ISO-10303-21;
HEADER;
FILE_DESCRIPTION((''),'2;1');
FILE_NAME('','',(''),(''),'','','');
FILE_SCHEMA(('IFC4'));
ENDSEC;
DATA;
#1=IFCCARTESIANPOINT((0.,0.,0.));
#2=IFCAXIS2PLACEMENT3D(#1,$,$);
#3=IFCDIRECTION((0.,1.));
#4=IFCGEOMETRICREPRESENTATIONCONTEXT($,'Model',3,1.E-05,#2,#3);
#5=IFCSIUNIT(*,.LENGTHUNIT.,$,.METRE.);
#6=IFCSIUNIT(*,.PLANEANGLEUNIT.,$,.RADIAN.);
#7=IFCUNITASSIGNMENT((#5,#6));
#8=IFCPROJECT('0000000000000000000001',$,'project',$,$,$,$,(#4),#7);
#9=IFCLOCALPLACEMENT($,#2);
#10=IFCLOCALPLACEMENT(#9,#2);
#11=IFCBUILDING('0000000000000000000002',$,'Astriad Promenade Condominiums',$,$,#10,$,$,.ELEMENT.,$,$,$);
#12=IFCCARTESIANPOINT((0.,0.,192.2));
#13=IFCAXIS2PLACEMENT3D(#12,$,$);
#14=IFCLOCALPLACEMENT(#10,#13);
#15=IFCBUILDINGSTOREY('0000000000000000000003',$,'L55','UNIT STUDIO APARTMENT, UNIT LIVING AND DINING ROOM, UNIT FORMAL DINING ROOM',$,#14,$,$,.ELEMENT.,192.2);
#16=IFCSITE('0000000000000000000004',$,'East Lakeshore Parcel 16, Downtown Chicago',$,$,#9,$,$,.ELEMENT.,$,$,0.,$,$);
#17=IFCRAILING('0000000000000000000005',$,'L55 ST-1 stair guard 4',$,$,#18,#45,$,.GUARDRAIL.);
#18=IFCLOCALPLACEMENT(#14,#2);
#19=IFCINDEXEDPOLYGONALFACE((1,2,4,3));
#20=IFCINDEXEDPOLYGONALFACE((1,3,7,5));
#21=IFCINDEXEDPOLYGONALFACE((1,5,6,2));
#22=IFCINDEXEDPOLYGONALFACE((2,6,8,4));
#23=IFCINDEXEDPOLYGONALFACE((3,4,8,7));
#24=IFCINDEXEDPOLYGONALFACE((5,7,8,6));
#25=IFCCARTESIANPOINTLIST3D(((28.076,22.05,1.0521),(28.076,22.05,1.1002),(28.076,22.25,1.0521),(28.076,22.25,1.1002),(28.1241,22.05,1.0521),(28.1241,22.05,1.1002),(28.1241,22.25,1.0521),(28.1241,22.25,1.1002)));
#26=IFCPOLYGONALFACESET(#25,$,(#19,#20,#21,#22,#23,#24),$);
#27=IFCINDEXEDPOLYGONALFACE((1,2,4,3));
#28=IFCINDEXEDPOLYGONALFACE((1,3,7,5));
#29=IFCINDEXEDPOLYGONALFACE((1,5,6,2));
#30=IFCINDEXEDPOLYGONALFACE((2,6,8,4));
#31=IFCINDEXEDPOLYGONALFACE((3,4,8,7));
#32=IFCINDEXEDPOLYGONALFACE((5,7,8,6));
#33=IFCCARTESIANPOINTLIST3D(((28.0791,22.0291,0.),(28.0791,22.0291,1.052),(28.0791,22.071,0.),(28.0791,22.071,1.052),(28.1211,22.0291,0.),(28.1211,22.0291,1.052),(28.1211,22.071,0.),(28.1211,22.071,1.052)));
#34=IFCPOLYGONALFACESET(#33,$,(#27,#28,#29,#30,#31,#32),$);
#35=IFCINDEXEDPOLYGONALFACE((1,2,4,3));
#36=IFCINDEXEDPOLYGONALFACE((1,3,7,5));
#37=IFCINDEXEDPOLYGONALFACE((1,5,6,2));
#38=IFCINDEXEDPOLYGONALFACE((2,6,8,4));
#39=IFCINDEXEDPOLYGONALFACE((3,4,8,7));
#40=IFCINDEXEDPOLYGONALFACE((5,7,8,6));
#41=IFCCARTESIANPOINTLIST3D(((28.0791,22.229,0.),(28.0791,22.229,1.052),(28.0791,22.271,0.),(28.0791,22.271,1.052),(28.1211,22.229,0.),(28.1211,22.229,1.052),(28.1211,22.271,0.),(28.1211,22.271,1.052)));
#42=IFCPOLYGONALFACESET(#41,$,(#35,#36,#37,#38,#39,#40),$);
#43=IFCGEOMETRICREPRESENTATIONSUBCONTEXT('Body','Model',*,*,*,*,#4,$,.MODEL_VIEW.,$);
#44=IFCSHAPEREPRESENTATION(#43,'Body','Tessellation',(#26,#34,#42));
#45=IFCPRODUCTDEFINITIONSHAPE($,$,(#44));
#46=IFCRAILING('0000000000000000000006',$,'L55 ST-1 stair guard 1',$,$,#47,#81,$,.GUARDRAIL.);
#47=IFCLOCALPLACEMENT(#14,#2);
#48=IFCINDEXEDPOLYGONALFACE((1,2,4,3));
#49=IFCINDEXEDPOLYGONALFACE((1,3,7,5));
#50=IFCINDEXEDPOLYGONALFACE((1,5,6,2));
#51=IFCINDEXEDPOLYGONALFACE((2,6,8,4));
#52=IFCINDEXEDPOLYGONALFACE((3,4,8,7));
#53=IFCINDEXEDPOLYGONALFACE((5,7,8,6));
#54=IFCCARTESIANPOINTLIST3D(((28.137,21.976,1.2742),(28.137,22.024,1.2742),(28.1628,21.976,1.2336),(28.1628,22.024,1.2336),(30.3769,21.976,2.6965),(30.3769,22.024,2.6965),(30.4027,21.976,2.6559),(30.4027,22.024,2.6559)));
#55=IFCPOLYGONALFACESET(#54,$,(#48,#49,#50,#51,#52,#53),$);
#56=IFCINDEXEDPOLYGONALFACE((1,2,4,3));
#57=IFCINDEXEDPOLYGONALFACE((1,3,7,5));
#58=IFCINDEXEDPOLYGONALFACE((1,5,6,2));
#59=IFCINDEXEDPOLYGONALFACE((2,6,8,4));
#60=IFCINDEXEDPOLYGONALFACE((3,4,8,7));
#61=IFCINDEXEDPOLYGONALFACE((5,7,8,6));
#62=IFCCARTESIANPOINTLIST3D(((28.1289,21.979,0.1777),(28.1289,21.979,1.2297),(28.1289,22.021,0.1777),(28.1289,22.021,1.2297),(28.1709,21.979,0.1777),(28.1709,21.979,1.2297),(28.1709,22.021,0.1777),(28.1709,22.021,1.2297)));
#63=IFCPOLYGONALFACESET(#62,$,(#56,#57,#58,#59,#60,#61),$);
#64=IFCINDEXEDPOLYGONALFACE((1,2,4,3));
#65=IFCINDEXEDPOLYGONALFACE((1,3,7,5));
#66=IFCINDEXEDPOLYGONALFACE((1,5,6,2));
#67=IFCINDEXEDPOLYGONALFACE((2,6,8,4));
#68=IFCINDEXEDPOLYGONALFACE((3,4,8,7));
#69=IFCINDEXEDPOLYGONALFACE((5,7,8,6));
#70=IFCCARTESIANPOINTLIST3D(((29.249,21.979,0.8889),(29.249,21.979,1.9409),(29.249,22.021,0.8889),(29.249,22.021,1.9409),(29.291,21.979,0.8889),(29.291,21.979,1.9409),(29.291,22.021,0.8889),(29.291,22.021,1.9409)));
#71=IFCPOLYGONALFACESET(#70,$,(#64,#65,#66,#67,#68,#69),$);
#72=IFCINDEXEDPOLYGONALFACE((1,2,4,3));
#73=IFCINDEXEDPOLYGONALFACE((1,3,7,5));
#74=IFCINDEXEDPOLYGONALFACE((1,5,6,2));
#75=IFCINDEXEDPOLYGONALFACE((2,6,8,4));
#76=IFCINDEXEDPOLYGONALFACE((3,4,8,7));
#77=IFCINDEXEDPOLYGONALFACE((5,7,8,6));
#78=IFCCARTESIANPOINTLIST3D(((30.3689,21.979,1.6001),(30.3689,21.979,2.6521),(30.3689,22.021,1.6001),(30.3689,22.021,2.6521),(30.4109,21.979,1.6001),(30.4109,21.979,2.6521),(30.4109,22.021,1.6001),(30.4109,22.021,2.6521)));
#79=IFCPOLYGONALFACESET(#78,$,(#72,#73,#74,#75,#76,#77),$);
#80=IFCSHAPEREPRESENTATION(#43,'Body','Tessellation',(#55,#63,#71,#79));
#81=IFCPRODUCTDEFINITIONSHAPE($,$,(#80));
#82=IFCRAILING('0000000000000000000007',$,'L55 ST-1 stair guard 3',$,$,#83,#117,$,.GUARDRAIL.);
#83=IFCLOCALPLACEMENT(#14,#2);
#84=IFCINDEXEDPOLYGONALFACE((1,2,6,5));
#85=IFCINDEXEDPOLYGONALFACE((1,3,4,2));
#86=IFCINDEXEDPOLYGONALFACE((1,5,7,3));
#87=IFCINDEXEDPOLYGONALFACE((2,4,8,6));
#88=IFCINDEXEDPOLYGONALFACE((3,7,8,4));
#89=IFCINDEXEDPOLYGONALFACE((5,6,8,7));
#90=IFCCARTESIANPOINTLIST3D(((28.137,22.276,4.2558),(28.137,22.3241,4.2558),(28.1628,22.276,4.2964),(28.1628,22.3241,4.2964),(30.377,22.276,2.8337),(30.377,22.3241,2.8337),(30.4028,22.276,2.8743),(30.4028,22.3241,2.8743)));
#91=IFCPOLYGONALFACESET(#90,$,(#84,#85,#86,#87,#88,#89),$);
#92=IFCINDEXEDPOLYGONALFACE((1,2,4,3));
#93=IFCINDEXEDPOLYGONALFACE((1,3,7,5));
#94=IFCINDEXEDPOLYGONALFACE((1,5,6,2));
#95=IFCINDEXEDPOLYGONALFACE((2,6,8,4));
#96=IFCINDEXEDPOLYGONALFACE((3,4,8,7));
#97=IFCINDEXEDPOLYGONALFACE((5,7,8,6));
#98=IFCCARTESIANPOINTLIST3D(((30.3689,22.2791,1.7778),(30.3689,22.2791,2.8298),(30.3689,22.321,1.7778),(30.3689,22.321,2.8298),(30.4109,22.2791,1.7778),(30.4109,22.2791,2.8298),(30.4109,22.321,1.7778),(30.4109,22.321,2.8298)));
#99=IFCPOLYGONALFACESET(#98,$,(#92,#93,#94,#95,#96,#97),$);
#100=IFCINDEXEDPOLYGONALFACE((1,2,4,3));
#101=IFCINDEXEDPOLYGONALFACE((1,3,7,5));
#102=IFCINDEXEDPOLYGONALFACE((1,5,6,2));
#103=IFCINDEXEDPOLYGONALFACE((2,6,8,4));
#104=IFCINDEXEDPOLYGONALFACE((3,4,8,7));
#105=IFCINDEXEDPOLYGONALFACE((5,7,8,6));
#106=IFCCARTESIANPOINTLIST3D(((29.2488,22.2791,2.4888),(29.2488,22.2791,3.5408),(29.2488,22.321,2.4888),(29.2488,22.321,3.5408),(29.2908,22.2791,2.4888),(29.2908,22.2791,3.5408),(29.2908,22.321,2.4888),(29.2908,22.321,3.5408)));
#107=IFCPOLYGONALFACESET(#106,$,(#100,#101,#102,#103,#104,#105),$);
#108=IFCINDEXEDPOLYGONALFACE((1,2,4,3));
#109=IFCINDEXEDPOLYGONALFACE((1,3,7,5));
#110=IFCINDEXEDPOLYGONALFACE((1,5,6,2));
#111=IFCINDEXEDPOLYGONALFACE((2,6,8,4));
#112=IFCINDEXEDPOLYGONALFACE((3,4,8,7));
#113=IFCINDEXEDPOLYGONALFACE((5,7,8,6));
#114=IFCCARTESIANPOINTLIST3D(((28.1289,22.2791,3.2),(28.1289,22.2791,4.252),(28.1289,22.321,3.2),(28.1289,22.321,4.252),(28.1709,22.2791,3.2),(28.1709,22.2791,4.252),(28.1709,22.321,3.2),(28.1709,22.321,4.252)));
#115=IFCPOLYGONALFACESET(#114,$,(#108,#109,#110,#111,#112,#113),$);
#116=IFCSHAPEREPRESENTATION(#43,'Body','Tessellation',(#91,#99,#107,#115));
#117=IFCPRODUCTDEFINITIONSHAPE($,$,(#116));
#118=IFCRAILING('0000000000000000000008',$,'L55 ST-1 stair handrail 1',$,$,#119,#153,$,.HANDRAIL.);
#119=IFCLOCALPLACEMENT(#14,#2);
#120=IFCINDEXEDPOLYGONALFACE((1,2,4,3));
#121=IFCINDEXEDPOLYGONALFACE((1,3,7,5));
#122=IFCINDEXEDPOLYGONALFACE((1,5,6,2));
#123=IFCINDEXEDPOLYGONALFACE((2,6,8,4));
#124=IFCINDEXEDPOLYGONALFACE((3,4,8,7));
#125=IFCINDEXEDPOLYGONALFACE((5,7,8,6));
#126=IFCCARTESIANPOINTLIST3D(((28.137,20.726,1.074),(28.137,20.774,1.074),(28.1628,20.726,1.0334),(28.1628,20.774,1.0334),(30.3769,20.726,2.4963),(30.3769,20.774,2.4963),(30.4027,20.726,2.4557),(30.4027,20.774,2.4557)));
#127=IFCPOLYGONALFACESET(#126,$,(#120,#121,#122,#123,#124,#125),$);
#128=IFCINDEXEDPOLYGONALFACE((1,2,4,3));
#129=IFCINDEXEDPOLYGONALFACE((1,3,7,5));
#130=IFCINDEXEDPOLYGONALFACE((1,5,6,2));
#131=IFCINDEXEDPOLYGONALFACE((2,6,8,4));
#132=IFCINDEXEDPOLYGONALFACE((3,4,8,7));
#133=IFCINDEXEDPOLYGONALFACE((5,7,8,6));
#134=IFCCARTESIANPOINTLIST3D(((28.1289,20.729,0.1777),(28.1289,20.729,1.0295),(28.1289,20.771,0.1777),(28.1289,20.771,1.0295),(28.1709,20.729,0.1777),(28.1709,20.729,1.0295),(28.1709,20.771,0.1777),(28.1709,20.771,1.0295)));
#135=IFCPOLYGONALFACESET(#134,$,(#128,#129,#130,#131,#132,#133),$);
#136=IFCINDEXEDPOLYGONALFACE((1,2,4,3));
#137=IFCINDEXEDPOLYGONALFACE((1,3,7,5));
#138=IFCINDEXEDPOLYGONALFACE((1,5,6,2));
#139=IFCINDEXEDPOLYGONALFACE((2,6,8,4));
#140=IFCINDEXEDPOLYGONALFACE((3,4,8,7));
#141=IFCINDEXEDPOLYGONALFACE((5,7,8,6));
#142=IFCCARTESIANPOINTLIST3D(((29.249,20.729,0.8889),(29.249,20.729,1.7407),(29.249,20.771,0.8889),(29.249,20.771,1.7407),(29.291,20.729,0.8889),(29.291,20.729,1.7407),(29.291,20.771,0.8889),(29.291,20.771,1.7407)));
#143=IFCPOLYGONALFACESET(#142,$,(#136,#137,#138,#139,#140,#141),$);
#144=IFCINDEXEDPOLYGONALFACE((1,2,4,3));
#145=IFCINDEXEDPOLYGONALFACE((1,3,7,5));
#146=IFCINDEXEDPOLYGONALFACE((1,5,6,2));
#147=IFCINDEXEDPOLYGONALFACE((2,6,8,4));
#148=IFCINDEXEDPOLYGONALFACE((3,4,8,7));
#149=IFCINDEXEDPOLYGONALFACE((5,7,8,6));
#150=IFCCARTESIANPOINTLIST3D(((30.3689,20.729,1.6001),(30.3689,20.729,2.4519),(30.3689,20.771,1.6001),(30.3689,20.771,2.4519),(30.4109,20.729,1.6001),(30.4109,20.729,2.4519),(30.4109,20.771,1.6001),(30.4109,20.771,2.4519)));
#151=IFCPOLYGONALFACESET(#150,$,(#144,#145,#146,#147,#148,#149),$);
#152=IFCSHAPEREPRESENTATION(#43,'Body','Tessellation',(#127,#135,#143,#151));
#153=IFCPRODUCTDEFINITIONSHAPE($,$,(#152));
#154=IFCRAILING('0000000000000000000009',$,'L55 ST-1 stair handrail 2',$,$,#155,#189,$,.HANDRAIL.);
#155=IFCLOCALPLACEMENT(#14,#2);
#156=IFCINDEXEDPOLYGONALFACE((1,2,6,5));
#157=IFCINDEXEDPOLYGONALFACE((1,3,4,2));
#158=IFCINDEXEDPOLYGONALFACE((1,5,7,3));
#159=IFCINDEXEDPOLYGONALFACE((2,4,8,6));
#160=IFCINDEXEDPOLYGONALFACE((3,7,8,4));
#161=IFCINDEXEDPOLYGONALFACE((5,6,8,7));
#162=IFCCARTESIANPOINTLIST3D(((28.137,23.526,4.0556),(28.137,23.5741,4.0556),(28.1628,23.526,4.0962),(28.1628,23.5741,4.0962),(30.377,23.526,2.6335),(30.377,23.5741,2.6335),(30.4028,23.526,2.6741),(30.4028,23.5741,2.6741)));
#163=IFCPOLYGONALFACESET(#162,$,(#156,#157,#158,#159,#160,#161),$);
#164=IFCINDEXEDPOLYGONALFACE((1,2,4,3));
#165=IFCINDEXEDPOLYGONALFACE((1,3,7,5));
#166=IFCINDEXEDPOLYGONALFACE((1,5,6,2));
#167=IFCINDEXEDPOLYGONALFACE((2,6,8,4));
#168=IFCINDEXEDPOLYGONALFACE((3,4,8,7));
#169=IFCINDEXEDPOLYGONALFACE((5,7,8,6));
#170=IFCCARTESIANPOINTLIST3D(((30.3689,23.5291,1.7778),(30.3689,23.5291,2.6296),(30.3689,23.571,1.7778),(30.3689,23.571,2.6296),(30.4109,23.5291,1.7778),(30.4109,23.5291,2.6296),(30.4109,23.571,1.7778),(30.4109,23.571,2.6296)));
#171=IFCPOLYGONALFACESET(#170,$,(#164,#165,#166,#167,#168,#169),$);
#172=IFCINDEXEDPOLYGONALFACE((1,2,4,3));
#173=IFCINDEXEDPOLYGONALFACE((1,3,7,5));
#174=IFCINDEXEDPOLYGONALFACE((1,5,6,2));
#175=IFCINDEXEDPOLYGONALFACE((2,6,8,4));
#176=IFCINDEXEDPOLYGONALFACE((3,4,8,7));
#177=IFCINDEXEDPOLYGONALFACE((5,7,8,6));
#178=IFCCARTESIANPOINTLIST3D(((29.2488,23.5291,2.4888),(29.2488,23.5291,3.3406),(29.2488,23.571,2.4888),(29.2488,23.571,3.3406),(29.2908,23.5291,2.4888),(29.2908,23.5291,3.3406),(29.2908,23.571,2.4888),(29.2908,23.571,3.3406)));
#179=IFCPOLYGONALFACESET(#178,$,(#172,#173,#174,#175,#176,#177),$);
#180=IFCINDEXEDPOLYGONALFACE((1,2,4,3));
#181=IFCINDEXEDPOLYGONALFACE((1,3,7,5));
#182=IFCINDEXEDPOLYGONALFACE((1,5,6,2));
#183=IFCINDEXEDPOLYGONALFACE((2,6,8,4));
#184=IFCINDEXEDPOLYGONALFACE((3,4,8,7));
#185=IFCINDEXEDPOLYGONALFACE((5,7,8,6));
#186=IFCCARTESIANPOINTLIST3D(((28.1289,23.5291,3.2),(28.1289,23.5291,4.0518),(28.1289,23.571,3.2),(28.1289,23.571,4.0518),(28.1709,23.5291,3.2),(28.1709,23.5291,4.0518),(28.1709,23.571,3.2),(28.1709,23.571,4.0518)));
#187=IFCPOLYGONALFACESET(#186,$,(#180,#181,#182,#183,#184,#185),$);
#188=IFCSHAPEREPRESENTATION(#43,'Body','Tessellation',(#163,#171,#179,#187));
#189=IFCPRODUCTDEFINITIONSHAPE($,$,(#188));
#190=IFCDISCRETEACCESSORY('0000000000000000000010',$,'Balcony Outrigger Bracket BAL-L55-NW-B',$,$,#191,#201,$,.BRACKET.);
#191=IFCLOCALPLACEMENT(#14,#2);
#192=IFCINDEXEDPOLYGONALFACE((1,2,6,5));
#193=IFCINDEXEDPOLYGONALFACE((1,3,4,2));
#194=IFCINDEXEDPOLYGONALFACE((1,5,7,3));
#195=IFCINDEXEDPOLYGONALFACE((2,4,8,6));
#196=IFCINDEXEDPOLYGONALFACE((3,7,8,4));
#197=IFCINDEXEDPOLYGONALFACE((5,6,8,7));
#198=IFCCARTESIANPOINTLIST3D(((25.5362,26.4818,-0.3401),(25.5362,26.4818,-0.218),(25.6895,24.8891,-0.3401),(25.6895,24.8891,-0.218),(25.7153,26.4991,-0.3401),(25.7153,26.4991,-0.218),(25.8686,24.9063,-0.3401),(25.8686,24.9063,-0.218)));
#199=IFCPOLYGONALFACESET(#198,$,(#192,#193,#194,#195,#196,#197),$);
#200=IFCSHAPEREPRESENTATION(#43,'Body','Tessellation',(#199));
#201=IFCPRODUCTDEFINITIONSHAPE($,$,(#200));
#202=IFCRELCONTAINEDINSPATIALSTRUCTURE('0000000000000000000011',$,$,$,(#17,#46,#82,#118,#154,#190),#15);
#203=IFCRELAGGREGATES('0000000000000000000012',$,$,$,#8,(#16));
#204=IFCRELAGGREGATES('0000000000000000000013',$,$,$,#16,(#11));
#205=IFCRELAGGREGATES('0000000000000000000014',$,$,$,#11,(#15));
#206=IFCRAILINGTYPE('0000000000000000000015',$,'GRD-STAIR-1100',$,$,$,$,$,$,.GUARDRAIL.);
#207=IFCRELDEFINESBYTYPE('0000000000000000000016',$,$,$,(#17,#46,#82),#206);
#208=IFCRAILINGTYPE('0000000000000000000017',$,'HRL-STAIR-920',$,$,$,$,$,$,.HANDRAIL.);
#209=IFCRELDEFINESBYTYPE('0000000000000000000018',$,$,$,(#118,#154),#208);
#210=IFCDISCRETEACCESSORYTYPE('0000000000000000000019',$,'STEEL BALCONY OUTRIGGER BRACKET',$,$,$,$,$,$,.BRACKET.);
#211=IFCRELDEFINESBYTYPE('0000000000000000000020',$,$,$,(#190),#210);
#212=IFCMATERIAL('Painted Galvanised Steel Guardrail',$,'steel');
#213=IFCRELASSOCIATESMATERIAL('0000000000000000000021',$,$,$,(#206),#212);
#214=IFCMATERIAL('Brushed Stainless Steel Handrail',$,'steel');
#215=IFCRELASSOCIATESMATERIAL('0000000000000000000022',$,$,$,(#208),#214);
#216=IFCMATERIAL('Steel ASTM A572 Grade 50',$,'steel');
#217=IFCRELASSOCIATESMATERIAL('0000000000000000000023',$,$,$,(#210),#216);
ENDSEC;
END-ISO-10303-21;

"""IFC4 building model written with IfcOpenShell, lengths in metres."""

from ifc_helpers import new_model, si_unit, direction, frame, origin, origin_2d, place, context, subcontext, project, spatial, rectangle, extrude, source, transform, mapped, material, type_object, type_shapes, element, save


model = new_model("IFC4")

# Units and contexts
model_context = context("Model", 3, precision=1e-05, world=origin(), true_north=direction((0.0, 1.0)))
body_context = subcontext(model_context, "Body", "Model", "MODEL_VIEW")
ifc_project = project(units=[si_unit("LENGTHUNIT", "METRE"), si_unit("PLANEANGLEUNIT", "RADIAN")], contexts=[model_context])

# Site, building, storey
site_placement = place(None, origin())
site = spatial("IfcSite", under=ifc_project, at=site_placement, Name="East Lakeshore Parcel 16, Downtown Chicago", CompositionType="ELEMENT", RefElevation=0.0)
building_placement = place(site_placement, origin())
building = spatial("IfcBuilding", under=site, at=building_placement, Name="Astriad Promenade Condominiums", CompositionType="ELEMENT")
storey_placement = place(building_placement, frame((0.0, 0.0, 192.2)))
storey = spatial("IfcBuildingStorey", under=building, at=storey_placement, Name="L55", Description="UNIT STUDIO APARTMENT, UNIT LIVING AND DINING ROOM, UNIT FORMAL DINING ROOM", CompositionType="ELEMENT", Elevation=192.2)

# Railings
ifc_material_1 = material(Name="Painted Galvanised Steel Guardrail", Category="steel")
railing_type_1 = type_object("IfcRailingType", Name="GRD-STAIR-1100", PredefinedType="GUARDRAIL", material=ifc_material_1)
shared_shape_1 = source(origin(), body_context, "Body", "SweptSolid", [
    extrude(rectangle(XDim=0.0481, YDim=0.0481, at=origin_2d()), frame((0.0, 0.0, 1.0762), z_axis=(0.0, 1.0, 0.0), x_axis=(-1.0, 0.0, 0.0)), (0.0, 0.0, 1.0), 0.2),
    extrude(rectangle(XDim=0.042, YDim=0.042, at=origin_2d()), origin(), (0.0, 0.0, 1.0), 1.052),
    extrude(rectangle(XDim=0.042, YDim=0.042, at=origin_2d()), frame((0.0, 0.2, 0.0)), (0.0, 0.0, 1.0), 1.052),
])
for number, where, name in (
    (1, (28.1001, 22.05, 0.0), "L55 ST-1 stair guard 4"),
):
    element("IfcRailing", number, at=place(storey_placement, frame(where)), inside=storey, type_object=railing_type_1, Name=name, PredefinedType="GUARDRAIL", context=body_context, shape_type="MappedRepresentation", body=[
        mapped(shared_shape_1, transform((0.0, 0.0, 0.0), scale=1.0)),
    ])
shared_shape_2 = source(origin(), body_context, "Body", "SweptSolid", [
    extrude(rectangle(XDim=0.0481, YDim=0.0481, at=origin_2d()), frame((0.0, 0.0, 1.0762), z_axis=(0.844188, 0.0, 0.536048), x_axis=(0.0, 1.0, 0.0)), (0.0, 0.0, 1.0), 2.6533),
    extrude(rectangle(XDim=0.042, YDim=0.042, at=origin_2d()), origin(), (0.0, 0.0, 1.0), 1.052),
    extrude(rectangle(XDim=0.042, YDim=0.042, at=origin_2d()), frame((1.1201, 0.0, 0.7112)), (0.0, 0.0, 1.0), 1.052),
    extrude(rectangle(XDim=0.042, YDim=0.042, at=origin_2d()), frame((2.24, 0.0, 1.4224)), (0.0, 0.0, 1.0), 1.052),
])
railing_1_placement = place(storey_placement, frame((28.1499, 22.0, 0.1777)))
element("IfcRailing", 2, at=railing_1_placement, inside=storey, type_object=railing_type_1, Name="L55 ST-1 stair guard 1", PredefinedType="GUARDRAIL", context=body_context, shape_type="MappedRepresentation", body=[
    mapped(shared_shape_2, transform((0.0, 0.0, 0.0), scale=1.0)),
])
shared_shape_3 = source(origin(), body_context, "Body", "SweptSolid", [
    extrude(rectangle(XDim=0.0481, YDim=0.0481, at=origin_2d()), frame((0.0, 0.0, 1.0762), z_axis=(-0.844229, 0.0, 0.535982), x_axis=(0.0, -1.0, 0.0)), (0.0, 0.0, 1.0), 2.6533),
    extrude(rectangle(XDim=0.042, YDim=0.042, at=origin_2d()), origin(), (0.0, 0.0, 1.0), 1.052),
    extrude(rectangle(XDim=0.042, YDim=0.042, at=origin_2d()), frame((-1.1201, 0.0, 0.7109)), (0.0, 0.0, 1.0), 1.052),
    extrude(rectangle(XDim=0.042, YDim=0.042, at=origin_2d()), frame((-2.24, 0.0, 1.4221)), (0.0, 0.0, 1.0), 1.052),
])
type_shapes(railing_type_1, [shared_shape_1, shared_shape_2, shared_shape_3])
railing_2_placement = place(storey_placement, frame((30.3899, 22.3, 1.7778)))
element("IfcRailing", 3, at=railing_2_placement, inside=storey, type_object=railing_type_1, Name="L55 ST-1 stair guard 3", PredefinedType="GUARDRAIL", context=body_context, shape_type="MappedRepresentation", body=[
    mapped(shared_shape_3, transform((0.0, 0.0, 0.0), scale=1.0)),
])
ifc_material_2 = material(Name="Brushed Stainless Steel Handrail", Category="steel")
railing_type_2 = type_object("IfcRailingType", Name="HRL-STAIR-920", PredefinedType="HANDRAIL", material=ifc_material_2)
shared_shape_4 = source(origin(), body_context, "Body", "SweptSolid", [
    extrude(rectangle(XDim=0.0481, YDim=0.0481, at=origin_2d()), frame((0.0, 0.0, 0.876), z_axis=(0.844188, 0.0, 0.536048), x_axis=(0.0, 1.0, 0.0)), (0.0, 0.0, 1.0), 2.6533),
    extrude(rectangle(XDim=0.042, YDim=0.042, at=origin_2d()), origin(), (0.0, 0.0, 1.0), 0.8518),
    extrude(rectangle(XDim=0.042, YDim=0.042, at=origin_2d()), frame((1.1201, 0.0, 0.7112)), (0.0, 0.0, 1.0), 0.8518),
    extrude(rectangle(XDim=0.042, YDim=0.042, at=origin_2d()), frame((2.24, 0.0, 1.4224)), (0.0, 0.0, 1.0), 0.8518),
])
railing_3_placement = place(storey_placement, frame((28.1499, 20.75, 0.1777)))
element("IfcRailing", 4, at=railing_3_placement, inside=storey, type_object=railing_type_2, Name="L55 ST-1 stair handrail 1", PredefinedType="HANDRAIL", context=body_context, shape_type="MappedRepresentation", body=[
    mapped(shared_shape_4, transform((0.0, 0.0, 0.0), scale=1.0)),
])
shared_shape_5 = source(origin(), body_context, "Body", "SweptSolid", [
    extrude(rectangle(XDim=0.0481, YDim=0.0481, at=origin_2d()), frame((0.0, 0.0, 0.876), z_axis=(-0.844229, 0.0, 0.535982), x_axis=(0.0, -1.0, 0.0)), (0.0, 0.0, 1.0), 2.6533),
    extrude(rectangle(XDim=0.042, YDim=0.042, at=origin_2d()), origin(), (0.0, 0.0, 1.0), 0.8518),
    extrude(rectangle(XDim=0.042, YDim=0.042, at=origin_2d()), frame((-1.1201, 0.0, 0.7109)), (0.0, 0.0, 1.0), 0.8518),
    extrude(rectangle(XDim=0.042, YDim=0.042, at=origin_2d()), frame((-2.24, 0.0, 1.4221)), (0.0, 0.0, 1.0), 0.8518),
])
type_shapes(railing_type_2, [shared_shape_4, shared_shape_5])
railing_4_placement = place(storey_placement, frame((30.3899, 23.55, 1.7778)))
element("IfcRailing", 5, at=railing_4_placement, inside=storey, type_object=railing_type_2, Name="L55 ST-1 stair handrail 2", PredefinedType="HANDRAIL", context=body_context, shape_type="MappedRepresentation", body=[
    mapped(shared_shape_5, transform((0.0, 0.0, 0.0), scale=1.0)),
])

# Discrete accessory
ifc_material_3 = material(Name="Steel ASTM A572 Grade 50", Category="steel")
discrete_accessory_type = type_object("IfcDiscreteAccessoryType", Name="STEEL BALCONY OUTRIGGER BRACKET", PredefinedType="BRACKET", material=ifc_material_3)
shared_shape_6 = source(origin(), body_context, "Body", "SweptSolid", [
    extrude(rectangle(XDim=1.6001, YDim=0.1799, at=origin_2d()), origin(), (0.0, 0.0, 1.0), 0.1221),
])
type_shapes(discrete_accessory_type, [shared_shape_6])
discrete_accessory_placement = place(storey_placement, frame((25.7024, 25.6941, -0.3401), z_axis=(0.0, 0.0, 1.0), x_axis=(-0.095846, 0.995396, 0.0)))
element("IfcDiscreteAccessory", 6, at=discrete_accessory_placement, inside=storey, type_object=discrete_accessory_type, Name="Balcony Outrigger Bracket BAL-L55-NW-B", PredefinedType="BRACKET", context=body_context, shape_type="MappedRepresentation", body=[
    mapped(shared_shape_6, transform((0.0, 0.0, 0.0), scale=1.0)),
])

save(model, "model.ifc")
